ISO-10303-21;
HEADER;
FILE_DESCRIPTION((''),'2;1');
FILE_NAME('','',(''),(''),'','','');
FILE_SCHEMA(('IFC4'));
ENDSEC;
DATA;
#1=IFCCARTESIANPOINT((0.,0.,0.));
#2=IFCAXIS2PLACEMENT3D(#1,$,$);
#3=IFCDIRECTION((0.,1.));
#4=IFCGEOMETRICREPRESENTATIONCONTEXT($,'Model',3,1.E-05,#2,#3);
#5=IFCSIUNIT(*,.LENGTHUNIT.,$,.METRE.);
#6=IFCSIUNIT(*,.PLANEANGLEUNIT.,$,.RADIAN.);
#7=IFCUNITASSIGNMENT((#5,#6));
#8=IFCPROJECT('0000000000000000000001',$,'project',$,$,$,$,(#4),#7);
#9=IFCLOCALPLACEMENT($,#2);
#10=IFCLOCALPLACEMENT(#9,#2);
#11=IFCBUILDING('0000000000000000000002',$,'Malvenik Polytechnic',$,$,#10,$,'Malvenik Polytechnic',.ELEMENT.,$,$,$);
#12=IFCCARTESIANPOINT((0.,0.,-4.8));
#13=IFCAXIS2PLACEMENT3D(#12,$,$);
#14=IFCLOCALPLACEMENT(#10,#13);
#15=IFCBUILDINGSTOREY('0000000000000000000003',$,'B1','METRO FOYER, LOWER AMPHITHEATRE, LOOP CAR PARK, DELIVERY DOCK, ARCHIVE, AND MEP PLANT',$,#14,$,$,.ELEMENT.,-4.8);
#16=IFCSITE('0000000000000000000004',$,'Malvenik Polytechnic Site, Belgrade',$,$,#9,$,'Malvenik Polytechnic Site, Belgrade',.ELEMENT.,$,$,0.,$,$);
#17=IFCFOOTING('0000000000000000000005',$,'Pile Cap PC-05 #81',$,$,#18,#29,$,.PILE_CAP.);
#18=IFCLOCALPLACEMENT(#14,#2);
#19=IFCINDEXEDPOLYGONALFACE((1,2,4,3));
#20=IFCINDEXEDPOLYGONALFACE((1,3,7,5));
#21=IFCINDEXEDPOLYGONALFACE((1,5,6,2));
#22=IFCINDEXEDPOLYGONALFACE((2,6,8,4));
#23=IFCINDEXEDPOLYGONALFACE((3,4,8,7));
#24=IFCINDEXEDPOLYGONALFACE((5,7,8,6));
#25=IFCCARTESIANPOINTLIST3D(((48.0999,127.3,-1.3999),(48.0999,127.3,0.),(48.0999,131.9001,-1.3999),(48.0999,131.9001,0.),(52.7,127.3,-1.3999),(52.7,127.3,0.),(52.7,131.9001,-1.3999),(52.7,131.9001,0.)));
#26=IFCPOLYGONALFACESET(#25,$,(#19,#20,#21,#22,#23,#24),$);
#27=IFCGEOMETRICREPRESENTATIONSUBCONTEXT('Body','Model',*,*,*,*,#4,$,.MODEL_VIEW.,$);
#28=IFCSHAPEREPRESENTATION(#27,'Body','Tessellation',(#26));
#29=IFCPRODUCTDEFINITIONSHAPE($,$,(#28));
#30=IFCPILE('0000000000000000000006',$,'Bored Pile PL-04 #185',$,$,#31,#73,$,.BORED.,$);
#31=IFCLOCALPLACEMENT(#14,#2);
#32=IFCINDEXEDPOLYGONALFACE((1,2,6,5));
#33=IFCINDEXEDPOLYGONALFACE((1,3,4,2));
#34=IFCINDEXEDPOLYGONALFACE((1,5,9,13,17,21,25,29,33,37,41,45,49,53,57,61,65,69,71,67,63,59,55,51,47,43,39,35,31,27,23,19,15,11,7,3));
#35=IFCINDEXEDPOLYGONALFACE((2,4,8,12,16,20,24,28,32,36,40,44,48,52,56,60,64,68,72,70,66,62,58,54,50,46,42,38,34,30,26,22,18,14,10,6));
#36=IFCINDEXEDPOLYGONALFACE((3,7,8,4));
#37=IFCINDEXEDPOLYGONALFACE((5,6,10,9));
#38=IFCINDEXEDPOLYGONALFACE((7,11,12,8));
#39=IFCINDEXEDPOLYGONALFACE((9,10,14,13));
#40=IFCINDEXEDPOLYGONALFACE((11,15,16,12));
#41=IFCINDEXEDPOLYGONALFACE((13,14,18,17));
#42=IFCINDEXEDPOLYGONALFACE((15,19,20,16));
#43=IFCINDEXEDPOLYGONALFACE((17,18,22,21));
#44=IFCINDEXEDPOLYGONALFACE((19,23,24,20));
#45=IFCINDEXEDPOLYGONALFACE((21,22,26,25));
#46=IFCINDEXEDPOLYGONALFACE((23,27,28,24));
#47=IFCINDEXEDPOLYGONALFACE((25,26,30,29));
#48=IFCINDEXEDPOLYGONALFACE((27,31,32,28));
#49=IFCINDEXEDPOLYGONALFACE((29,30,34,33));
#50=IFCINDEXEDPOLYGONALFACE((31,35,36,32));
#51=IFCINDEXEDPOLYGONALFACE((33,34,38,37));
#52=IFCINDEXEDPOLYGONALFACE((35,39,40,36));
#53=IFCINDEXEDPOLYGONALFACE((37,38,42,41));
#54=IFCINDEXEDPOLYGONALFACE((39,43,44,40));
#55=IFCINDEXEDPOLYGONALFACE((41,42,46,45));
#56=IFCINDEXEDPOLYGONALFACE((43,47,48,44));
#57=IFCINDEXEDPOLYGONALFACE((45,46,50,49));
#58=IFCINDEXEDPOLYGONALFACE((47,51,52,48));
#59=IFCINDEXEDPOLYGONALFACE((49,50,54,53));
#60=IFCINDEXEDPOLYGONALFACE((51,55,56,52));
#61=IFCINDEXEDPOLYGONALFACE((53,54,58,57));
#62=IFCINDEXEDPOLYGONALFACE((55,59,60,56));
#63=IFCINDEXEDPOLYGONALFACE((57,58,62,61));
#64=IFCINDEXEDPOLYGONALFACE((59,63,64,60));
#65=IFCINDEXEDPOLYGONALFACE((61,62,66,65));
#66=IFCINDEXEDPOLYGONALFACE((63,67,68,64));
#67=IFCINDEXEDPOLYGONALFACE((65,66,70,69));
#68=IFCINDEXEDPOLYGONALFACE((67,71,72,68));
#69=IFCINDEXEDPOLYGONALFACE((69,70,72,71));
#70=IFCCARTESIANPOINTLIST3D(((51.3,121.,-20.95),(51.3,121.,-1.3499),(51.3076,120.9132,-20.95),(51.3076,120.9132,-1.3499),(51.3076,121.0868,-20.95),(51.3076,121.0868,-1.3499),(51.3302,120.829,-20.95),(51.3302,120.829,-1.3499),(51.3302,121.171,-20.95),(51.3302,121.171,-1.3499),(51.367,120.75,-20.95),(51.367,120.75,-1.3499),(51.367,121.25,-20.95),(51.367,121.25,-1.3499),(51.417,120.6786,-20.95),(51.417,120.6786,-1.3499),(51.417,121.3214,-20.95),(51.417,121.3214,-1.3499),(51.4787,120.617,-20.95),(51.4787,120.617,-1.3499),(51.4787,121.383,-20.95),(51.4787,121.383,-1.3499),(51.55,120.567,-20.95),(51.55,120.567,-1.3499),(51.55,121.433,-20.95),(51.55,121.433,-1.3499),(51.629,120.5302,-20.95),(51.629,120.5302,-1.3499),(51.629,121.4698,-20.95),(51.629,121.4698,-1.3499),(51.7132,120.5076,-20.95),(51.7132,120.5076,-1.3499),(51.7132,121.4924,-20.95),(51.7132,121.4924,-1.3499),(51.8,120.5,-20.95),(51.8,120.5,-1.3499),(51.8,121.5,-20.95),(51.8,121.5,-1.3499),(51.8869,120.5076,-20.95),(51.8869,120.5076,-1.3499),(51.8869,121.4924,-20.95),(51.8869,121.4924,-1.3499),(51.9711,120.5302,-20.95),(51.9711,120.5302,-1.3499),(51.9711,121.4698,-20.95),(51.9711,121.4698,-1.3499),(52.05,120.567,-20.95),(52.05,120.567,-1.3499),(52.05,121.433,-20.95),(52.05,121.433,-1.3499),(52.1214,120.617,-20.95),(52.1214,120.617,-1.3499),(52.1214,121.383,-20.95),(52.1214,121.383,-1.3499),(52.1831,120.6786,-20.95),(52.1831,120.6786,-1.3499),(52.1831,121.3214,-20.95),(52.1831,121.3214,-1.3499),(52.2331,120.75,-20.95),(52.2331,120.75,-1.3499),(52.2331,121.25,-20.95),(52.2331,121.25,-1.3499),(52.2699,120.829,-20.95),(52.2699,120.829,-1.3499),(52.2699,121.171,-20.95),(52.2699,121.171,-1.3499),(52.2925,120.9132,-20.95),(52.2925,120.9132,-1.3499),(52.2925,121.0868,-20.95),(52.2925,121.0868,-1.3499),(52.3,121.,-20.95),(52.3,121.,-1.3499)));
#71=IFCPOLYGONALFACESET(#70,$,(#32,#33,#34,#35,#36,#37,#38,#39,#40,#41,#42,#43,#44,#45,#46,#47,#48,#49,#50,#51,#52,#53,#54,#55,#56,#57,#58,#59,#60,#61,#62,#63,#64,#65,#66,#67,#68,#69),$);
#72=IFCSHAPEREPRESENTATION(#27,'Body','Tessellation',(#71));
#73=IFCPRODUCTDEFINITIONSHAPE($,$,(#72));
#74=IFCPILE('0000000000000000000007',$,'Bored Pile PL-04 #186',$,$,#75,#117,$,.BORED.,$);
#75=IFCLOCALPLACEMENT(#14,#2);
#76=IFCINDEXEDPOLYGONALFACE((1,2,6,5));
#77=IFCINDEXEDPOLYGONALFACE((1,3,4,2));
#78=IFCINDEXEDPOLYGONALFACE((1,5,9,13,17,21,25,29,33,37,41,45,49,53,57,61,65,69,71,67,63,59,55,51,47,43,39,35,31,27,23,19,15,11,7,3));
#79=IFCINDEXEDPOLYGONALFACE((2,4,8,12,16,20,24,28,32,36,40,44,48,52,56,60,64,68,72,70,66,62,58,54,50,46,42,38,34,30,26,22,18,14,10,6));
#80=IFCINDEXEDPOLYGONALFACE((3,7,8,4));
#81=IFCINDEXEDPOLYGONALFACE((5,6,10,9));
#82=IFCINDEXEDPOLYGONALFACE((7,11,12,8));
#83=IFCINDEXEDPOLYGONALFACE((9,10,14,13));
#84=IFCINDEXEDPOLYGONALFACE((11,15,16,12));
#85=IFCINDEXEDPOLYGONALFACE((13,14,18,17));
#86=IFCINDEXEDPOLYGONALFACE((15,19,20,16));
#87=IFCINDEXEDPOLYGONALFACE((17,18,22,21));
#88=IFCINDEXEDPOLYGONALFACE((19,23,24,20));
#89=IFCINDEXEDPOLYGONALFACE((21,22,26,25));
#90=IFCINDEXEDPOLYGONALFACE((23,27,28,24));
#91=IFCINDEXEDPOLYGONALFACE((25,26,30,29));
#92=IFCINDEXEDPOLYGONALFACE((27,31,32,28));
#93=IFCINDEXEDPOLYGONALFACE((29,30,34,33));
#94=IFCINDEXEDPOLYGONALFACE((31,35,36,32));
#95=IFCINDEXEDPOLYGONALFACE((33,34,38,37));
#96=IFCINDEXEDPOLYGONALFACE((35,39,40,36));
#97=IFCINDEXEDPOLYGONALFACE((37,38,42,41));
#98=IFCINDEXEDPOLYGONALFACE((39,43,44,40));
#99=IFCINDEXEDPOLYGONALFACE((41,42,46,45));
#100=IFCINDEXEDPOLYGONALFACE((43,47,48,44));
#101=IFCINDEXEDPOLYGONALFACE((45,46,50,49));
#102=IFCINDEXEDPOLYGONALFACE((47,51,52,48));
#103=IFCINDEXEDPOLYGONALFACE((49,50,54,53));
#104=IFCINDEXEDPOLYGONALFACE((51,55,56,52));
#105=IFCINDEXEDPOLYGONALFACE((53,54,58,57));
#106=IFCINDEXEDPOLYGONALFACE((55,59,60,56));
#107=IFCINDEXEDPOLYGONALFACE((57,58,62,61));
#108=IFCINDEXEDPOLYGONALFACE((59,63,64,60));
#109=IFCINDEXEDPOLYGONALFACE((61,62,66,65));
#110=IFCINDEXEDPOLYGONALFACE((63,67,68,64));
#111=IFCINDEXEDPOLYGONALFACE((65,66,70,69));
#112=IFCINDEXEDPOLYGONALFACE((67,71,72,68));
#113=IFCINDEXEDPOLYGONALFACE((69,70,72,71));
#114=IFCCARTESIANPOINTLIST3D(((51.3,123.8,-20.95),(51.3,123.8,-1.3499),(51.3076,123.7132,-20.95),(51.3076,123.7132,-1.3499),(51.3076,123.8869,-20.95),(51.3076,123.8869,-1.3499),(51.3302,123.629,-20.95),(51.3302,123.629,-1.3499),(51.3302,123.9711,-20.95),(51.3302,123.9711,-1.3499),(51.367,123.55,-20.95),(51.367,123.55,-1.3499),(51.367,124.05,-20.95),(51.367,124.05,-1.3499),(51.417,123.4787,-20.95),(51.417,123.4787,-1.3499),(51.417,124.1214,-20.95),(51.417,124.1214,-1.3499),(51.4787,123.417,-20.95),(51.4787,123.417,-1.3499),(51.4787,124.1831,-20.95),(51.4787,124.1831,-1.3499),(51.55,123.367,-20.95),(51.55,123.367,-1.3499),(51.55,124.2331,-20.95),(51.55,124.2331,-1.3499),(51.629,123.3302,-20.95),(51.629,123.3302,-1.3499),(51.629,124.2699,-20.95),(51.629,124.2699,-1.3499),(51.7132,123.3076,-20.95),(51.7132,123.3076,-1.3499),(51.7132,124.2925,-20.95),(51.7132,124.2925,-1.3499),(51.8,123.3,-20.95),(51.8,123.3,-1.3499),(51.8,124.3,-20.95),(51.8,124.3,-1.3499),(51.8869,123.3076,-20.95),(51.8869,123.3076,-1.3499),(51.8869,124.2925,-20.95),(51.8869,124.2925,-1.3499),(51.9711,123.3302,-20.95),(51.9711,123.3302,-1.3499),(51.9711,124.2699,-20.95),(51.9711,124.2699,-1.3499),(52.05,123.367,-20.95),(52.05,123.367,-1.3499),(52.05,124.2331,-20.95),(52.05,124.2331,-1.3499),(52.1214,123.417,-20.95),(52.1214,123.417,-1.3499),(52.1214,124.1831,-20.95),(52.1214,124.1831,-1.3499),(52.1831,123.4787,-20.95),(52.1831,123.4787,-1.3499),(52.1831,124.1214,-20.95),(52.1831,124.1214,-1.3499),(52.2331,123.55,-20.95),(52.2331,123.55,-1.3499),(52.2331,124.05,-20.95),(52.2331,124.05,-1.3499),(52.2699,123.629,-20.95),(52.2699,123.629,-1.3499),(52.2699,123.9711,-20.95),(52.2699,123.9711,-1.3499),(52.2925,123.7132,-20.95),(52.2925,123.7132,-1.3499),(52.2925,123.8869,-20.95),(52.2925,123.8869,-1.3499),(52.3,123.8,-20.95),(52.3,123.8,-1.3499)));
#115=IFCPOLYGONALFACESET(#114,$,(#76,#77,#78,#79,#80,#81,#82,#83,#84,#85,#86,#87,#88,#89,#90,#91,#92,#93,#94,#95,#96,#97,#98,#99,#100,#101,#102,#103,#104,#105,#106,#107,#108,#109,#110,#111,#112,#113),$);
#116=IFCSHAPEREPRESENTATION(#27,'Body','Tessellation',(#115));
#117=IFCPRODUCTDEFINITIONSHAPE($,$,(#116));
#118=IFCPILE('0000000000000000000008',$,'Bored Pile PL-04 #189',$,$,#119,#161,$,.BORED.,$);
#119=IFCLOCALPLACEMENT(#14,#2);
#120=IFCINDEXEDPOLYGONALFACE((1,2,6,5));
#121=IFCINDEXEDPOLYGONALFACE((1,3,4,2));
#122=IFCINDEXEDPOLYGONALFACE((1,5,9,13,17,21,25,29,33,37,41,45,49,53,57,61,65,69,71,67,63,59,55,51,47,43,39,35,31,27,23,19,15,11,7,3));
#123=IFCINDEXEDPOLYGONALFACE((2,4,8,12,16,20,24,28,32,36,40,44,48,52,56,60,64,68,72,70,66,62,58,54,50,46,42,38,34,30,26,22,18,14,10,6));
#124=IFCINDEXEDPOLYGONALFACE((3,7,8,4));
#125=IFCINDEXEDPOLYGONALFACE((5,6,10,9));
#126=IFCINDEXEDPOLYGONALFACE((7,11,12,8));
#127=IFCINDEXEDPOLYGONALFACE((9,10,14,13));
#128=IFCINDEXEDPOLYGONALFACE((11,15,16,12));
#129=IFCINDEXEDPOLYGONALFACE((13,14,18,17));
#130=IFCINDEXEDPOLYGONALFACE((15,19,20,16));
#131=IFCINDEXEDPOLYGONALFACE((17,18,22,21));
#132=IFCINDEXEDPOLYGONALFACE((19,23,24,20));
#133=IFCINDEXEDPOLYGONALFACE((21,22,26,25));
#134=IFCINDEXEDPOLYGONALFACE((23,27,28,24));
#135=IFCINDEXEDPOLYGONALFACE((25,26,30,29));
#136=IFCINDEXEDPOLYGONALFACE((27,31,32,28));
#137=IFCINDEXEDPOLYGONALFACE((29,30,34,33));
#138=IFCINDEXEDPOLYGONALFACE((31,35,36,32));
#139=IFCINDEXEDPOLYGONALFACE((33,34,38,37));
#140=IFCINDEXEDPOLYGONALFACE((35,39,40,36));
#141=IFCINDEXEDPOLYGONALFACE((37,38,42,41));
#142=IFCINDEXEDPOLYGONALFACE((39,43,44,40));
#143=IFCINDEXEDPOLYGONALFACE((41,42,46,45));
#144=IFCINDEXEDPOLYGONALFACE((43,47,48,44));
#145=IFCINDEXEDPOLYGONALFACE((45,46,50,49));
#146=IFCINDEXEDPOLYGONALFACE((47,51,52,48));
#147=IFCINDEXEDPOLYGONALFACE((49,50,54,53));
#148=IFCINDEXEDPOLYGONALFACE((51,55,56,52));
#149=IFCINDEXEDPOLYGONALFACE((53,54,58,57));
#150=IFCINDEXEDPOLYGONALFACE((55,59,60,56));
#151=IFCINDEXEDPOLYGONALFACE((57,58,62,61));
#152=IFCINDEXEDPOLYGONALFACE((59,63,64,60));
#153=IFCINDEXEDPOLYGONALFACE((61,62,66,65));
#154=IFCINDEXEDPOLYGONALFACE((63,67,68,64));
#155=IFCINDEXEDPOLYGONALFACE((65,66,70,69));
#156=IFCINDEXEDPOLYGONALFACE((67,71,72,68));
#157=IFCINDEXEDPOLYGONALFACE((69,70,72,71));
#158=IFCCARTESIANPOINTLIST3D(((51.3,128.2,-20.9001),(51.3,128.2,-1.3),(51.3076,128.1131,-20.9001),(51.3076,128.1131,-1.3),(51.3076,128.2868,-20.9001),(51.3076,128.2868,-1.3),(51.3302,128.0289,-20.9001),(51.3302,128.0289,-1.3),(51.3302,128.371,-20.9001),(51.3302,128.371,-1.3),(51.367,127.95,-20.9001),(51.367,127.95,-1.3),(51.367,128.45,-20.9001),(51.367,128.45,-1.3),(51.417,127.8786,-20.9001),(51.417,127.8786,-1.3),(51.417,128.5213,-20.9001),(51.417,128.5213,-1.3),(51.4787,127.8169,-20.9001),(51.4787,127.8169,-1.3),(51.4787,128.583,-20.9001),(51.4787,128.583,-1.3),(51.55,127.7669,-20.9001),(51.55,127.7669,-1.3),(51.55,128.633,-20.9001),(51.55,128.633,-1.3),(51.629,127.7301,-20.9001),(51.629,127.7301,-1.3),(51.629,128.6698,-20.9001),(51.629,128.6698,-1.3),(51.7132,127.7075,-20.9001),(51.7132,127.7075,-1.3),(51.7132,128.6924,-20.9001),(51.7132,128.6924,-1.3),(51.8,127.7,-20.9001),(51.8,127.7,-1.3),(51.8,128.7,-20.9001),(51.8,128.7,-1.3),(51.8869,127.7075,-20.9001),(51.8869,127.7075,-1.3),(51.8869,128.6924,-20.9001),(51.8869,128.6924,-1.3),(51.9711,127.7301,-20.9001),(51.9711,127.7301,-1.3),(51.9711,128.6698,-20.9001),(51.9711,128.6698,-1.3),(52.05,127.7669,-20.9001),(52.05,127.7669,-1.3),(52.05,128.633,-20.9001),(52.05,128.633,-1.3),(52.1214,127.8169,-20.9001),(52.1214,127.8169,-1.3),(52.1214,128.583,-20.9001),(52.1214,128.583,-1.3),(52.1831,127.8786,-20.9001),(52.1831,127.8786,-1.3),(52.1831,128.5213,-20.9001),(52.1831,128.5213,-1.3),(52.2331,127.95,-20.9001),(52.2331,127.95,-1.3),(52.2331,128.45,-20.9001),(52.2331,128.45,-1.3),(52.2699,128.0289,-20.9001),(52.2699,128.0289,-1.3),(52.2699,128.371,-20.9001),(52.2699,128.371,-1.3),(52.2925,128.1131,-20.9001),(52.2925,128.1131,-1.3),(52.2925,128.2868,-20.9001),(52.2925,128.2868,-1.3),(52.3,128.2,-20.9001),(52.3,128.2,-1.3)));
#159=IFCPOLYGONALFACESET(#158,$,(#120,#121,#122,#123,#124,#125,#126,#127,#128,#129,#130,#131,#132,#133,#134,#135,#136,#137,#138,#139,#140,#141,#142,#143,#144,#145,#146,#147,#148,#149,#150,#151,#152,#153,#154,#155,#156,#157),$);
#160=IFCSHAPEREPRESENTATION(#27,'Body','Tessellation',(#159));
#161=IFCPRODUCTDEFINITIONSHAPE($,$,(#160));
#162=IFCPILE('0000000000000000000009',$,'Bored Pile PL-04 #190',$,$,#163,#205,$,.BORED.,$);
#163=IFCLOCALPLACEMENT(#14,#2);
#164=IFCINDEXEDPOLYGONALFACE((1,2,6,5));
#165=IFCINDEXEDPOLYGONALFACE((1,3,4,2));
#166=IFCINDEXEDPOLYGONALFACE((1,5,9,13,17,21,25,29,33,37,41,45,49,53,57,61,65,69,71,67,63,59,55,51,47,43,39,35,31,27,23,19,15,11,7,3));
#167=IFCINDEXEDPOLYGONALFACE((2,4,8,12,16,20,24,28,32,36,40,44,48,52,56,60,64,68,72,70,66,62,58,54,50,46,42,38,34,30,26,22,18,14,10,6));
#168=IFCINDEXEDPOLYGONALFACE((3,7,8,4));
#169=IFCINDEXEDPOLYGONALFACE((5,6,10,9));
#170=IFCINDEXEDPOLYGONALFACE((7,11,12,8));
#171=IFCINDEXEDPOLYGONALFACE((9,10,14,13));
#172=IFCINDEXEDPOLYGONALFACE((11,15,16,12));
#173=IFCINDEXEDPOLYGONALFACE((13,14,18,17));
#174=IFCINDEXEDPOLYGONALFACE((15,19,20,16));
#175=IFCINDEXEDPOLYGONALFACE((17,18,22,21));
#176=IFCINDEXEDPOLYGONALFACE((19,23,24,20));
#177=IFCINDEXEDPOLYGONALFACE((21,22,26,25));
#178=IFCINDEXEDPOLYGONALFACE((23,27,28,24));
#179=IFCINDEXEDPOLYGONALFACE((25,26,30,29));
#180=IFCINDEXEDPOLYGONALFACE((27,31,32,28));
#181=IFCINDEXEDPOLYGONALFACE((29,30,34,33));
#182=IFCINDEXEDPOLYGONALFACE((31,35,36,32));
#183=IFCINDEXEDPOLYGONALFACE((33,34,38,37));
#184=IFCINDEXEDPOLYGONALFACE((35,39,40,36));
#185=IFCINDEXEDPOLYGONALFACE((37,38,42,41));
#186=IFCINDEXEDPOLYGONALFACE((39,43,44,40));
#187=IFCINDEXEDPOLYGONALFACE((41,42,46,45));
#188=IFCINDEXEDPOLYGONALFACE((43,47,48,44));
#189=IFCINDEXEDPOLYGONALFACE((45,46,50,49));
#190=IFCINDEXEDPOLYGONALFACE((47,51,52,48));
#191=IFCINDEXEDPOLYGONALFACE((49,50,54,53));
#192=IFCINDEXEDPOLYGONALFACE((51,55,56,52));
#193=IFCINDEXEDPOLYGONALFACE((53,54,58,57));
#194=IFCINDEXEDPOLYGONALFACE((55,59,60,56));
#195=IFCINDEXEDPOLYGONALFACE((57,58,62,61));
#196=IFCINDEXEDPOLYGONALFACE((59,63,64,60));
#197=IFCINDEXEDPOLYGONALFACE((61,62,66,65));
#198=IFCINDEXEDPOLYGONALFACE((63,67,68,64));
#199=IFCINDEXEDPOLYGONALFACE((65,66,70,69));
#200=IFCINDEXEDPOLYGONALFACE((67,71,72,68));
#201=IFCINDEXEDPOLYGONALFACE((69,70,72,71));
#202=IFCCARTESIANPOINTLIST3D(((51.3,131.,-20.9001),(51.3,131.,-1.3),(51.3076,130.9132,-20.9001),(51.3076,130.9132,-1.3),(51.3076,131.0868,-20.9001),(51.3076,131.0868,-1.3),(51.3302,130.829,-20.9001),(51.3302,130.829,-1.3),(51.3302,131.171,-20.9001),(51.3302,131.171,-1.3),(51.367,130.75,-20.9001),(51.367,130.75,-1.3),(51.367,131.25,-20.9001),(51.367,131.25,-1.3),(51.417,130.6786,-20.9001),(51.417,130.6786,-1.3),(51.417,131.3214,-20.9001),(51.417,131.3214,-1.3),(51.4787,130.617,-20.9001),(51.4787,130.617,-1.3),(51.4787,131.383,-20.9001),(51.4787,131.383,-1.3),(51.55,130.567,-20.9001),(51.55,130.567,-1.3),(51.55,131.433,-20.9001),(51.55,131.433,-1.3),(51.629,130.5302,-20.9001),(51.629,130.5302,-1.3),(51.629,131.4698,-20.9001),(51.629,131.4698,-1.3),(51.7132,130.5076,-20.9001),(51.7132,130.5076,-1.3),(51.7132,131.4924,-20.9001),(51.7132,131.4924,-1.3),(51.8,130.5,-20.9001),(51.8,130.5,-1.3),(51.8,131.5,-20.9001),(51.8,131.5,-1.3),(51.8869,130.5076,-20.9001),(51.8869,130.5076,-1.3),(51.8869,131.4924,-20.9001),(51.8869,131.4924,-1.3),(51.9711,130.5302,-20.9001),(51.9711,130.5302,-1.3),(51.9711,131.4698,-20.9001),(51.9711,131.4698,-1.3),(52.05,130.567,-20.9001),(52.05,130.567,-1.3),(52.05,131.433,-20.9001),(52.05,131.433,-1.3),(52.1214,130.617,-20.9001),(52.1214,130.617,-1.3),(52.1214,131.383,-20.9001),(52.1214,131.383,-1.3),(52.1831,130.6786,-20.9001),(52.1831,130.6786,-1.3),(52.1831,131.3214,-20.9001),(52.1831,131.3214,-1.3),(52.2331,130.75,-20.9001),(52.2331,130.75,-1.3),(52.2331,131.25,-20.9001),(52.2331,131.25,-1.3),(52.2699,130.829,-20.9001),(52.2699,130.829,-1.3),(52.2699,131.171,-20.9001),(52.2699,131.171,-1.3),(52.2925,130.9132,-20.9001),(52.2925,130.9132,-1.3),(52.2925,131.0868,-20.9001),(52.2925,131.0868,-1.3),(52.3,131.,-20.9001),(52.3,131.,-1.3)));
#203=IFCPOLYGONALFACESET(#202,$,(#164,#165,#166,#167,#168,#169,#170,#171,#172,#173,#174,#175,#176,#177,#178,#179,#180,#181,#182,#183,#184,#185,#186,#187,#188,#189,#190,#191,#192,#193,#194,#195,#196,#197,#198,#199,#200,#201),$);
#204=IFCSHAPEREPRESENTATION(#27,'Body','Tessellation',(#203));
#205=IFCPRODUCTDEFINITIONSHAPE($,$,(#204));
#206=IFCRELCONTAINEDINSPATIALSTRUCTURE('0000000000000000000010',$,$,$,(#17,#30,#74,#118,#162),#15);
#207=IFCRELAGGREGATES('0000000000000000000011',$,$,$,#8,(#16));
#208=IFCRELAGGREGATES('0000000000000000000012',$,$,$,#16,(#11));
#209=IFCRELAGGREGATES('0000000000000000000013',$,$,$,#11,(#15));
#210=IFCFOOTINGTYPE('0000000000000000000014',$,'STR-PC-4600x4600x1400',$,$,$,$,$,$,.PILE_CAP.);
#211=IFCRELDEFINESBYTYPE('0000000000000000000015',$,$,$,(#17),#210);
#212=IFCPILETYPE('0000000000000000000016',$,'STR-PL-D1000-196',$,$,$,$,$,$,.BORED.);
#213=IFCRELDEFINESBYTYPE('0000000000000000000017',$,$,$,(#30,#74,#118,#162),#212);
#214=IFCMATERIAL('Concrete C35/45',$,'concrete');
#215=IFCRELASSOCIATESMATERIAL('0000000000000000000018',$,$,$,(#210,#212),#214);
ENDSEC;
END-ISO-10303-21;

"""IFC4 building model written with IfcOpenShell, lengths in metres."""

from ifc_helpers import new_model, si_unit, direction, frame, origin, origin_2d, place, context, subcontext, project, spatial, rectangle, circle, extrude, material, material_profile, profile_set, type_object, element, save


model = new_model("IFC4")

# Units and contexts
model_context = context("Model", 3, precision=1e-05, world=origin(), true_north=direction((0.0, 1.0)))
body_context = subcontext(model_context, "Body", "Model", "MODEL_VIEW")
ifc_project = project(units=[si_unit("LENGTHUNIT", "METRE"), si_unit("PLANEANGLEUNIT", "RADIAN")], contexts=[model_context])

# Site, building, storey
site_placement = place(None, origin())
site = spatial("IfcSite", under=ifc_project, at=site_placement, Name="Malvenik Polytechnic Site, Belgrade", LongName="Malvenik Polytechnic Site, Belgrade", CompositionType="ELEMENT", RefElevation=0.0)
building_placement = place(site_placement, origin())
building = spatial("IfcBuilding", under=site, at=building_placement, Name="Malvenik Polytechnic", LongName="Malvenik Polytechnic", CompositionType="ELEMENT")
storey_placement = place(building_placement, frame((0.0, 0.0, -4.8)))
storey = spatial("IfcBuildingStorey", under=building, at=storey_placement, Name="B1", Description="METRO FOYER, LOWER AMPHITHEATRE, LOOP CAR PARK, DELIVERY DOCK, ARCHIVE, AND MEP PLANT", CompositionType="ELEMENT", Elevation=-4.8)

# Footing
ifc_material_1 = material(Name="Concrete C35/45", Category="concrete")
footing_type = type_object("IfcFootingType", Name="STR-PC-4600x4600x1400", PredefinedType="PILE_CAP", material=ifc_material_1)
footing_placement = place(storey_placement, frame((50.3999, 129.6001, -1.3999), z_axis=(0.0, 0.0, 1.0), x_axis=(1.0, 0.0, 0.0)))
element("IfcFooting", 1, at=footing_placement, inside=storey, type_object=footing_type, Name="Pile Cap PC-05 #81", PredefinedType="PILE_CAP", context=body_context, shape_type="SweptSolid", body=[
    extrude(rectangle(XDim=4.6001, YDim=4.6001, at=origin_2d()), origin(), (0.0, 0.0, 1.0), 1.3999),
])

# Piles
ifc_material_profile_1 = material_profile(ifc_material_1, circle(Radius=0.5, at=origin_2d()), Name="BORED PILE D1000")
ifc_profile_set_1 = profile_set([ifc_material_profile_1], Name="Concrete C35/45")
pile_type = type_object("IfcPileType", Name="STR-PL-D1000-196", PredefinedType="BORED", material=ifc_profile_set_1)
for number, where, z_axis, x_axis, name in (
    (2, (51.8, 121.0, -1.3499), (0.0, 0.0, -1.0), (1.0, 0.0, 0.0), "Bored Pile PL-04 #185"),
    (3, (51.8, 123.8, -1.3499), (0.0, 0.0, -1.0), (1.0, 0.0, 0.0), "Bored Pile PL-04 #186"),
    (4, (51.8, 128.2, -1.3), (0.0, 0.0, -1.0), (1.0, 0.0, 0.0), "Bored Pile PL-04 #189"),
    (5, (51.8, 131.0, -1.3), (0.0, 0.0, -1.0), (1.0, 0.0, 0.0), "Bored Pile PL-04 #190"),
):
    element("IfcPile", number, at=place(storey_placement, frame(where, z_axis=z_axis, x_axis=x_axis)), inside=storey, type_object=pile_type, Name=name, PredefinedType="BORED", context=body_context, shape_type="SweptSolid", body=[
        extrude(circle(Radius=0.5, at=origin_2d()), origin(), (0.0, 0.0, 1.0), 19.6001),
    ])

save(model, "model.ifc")
